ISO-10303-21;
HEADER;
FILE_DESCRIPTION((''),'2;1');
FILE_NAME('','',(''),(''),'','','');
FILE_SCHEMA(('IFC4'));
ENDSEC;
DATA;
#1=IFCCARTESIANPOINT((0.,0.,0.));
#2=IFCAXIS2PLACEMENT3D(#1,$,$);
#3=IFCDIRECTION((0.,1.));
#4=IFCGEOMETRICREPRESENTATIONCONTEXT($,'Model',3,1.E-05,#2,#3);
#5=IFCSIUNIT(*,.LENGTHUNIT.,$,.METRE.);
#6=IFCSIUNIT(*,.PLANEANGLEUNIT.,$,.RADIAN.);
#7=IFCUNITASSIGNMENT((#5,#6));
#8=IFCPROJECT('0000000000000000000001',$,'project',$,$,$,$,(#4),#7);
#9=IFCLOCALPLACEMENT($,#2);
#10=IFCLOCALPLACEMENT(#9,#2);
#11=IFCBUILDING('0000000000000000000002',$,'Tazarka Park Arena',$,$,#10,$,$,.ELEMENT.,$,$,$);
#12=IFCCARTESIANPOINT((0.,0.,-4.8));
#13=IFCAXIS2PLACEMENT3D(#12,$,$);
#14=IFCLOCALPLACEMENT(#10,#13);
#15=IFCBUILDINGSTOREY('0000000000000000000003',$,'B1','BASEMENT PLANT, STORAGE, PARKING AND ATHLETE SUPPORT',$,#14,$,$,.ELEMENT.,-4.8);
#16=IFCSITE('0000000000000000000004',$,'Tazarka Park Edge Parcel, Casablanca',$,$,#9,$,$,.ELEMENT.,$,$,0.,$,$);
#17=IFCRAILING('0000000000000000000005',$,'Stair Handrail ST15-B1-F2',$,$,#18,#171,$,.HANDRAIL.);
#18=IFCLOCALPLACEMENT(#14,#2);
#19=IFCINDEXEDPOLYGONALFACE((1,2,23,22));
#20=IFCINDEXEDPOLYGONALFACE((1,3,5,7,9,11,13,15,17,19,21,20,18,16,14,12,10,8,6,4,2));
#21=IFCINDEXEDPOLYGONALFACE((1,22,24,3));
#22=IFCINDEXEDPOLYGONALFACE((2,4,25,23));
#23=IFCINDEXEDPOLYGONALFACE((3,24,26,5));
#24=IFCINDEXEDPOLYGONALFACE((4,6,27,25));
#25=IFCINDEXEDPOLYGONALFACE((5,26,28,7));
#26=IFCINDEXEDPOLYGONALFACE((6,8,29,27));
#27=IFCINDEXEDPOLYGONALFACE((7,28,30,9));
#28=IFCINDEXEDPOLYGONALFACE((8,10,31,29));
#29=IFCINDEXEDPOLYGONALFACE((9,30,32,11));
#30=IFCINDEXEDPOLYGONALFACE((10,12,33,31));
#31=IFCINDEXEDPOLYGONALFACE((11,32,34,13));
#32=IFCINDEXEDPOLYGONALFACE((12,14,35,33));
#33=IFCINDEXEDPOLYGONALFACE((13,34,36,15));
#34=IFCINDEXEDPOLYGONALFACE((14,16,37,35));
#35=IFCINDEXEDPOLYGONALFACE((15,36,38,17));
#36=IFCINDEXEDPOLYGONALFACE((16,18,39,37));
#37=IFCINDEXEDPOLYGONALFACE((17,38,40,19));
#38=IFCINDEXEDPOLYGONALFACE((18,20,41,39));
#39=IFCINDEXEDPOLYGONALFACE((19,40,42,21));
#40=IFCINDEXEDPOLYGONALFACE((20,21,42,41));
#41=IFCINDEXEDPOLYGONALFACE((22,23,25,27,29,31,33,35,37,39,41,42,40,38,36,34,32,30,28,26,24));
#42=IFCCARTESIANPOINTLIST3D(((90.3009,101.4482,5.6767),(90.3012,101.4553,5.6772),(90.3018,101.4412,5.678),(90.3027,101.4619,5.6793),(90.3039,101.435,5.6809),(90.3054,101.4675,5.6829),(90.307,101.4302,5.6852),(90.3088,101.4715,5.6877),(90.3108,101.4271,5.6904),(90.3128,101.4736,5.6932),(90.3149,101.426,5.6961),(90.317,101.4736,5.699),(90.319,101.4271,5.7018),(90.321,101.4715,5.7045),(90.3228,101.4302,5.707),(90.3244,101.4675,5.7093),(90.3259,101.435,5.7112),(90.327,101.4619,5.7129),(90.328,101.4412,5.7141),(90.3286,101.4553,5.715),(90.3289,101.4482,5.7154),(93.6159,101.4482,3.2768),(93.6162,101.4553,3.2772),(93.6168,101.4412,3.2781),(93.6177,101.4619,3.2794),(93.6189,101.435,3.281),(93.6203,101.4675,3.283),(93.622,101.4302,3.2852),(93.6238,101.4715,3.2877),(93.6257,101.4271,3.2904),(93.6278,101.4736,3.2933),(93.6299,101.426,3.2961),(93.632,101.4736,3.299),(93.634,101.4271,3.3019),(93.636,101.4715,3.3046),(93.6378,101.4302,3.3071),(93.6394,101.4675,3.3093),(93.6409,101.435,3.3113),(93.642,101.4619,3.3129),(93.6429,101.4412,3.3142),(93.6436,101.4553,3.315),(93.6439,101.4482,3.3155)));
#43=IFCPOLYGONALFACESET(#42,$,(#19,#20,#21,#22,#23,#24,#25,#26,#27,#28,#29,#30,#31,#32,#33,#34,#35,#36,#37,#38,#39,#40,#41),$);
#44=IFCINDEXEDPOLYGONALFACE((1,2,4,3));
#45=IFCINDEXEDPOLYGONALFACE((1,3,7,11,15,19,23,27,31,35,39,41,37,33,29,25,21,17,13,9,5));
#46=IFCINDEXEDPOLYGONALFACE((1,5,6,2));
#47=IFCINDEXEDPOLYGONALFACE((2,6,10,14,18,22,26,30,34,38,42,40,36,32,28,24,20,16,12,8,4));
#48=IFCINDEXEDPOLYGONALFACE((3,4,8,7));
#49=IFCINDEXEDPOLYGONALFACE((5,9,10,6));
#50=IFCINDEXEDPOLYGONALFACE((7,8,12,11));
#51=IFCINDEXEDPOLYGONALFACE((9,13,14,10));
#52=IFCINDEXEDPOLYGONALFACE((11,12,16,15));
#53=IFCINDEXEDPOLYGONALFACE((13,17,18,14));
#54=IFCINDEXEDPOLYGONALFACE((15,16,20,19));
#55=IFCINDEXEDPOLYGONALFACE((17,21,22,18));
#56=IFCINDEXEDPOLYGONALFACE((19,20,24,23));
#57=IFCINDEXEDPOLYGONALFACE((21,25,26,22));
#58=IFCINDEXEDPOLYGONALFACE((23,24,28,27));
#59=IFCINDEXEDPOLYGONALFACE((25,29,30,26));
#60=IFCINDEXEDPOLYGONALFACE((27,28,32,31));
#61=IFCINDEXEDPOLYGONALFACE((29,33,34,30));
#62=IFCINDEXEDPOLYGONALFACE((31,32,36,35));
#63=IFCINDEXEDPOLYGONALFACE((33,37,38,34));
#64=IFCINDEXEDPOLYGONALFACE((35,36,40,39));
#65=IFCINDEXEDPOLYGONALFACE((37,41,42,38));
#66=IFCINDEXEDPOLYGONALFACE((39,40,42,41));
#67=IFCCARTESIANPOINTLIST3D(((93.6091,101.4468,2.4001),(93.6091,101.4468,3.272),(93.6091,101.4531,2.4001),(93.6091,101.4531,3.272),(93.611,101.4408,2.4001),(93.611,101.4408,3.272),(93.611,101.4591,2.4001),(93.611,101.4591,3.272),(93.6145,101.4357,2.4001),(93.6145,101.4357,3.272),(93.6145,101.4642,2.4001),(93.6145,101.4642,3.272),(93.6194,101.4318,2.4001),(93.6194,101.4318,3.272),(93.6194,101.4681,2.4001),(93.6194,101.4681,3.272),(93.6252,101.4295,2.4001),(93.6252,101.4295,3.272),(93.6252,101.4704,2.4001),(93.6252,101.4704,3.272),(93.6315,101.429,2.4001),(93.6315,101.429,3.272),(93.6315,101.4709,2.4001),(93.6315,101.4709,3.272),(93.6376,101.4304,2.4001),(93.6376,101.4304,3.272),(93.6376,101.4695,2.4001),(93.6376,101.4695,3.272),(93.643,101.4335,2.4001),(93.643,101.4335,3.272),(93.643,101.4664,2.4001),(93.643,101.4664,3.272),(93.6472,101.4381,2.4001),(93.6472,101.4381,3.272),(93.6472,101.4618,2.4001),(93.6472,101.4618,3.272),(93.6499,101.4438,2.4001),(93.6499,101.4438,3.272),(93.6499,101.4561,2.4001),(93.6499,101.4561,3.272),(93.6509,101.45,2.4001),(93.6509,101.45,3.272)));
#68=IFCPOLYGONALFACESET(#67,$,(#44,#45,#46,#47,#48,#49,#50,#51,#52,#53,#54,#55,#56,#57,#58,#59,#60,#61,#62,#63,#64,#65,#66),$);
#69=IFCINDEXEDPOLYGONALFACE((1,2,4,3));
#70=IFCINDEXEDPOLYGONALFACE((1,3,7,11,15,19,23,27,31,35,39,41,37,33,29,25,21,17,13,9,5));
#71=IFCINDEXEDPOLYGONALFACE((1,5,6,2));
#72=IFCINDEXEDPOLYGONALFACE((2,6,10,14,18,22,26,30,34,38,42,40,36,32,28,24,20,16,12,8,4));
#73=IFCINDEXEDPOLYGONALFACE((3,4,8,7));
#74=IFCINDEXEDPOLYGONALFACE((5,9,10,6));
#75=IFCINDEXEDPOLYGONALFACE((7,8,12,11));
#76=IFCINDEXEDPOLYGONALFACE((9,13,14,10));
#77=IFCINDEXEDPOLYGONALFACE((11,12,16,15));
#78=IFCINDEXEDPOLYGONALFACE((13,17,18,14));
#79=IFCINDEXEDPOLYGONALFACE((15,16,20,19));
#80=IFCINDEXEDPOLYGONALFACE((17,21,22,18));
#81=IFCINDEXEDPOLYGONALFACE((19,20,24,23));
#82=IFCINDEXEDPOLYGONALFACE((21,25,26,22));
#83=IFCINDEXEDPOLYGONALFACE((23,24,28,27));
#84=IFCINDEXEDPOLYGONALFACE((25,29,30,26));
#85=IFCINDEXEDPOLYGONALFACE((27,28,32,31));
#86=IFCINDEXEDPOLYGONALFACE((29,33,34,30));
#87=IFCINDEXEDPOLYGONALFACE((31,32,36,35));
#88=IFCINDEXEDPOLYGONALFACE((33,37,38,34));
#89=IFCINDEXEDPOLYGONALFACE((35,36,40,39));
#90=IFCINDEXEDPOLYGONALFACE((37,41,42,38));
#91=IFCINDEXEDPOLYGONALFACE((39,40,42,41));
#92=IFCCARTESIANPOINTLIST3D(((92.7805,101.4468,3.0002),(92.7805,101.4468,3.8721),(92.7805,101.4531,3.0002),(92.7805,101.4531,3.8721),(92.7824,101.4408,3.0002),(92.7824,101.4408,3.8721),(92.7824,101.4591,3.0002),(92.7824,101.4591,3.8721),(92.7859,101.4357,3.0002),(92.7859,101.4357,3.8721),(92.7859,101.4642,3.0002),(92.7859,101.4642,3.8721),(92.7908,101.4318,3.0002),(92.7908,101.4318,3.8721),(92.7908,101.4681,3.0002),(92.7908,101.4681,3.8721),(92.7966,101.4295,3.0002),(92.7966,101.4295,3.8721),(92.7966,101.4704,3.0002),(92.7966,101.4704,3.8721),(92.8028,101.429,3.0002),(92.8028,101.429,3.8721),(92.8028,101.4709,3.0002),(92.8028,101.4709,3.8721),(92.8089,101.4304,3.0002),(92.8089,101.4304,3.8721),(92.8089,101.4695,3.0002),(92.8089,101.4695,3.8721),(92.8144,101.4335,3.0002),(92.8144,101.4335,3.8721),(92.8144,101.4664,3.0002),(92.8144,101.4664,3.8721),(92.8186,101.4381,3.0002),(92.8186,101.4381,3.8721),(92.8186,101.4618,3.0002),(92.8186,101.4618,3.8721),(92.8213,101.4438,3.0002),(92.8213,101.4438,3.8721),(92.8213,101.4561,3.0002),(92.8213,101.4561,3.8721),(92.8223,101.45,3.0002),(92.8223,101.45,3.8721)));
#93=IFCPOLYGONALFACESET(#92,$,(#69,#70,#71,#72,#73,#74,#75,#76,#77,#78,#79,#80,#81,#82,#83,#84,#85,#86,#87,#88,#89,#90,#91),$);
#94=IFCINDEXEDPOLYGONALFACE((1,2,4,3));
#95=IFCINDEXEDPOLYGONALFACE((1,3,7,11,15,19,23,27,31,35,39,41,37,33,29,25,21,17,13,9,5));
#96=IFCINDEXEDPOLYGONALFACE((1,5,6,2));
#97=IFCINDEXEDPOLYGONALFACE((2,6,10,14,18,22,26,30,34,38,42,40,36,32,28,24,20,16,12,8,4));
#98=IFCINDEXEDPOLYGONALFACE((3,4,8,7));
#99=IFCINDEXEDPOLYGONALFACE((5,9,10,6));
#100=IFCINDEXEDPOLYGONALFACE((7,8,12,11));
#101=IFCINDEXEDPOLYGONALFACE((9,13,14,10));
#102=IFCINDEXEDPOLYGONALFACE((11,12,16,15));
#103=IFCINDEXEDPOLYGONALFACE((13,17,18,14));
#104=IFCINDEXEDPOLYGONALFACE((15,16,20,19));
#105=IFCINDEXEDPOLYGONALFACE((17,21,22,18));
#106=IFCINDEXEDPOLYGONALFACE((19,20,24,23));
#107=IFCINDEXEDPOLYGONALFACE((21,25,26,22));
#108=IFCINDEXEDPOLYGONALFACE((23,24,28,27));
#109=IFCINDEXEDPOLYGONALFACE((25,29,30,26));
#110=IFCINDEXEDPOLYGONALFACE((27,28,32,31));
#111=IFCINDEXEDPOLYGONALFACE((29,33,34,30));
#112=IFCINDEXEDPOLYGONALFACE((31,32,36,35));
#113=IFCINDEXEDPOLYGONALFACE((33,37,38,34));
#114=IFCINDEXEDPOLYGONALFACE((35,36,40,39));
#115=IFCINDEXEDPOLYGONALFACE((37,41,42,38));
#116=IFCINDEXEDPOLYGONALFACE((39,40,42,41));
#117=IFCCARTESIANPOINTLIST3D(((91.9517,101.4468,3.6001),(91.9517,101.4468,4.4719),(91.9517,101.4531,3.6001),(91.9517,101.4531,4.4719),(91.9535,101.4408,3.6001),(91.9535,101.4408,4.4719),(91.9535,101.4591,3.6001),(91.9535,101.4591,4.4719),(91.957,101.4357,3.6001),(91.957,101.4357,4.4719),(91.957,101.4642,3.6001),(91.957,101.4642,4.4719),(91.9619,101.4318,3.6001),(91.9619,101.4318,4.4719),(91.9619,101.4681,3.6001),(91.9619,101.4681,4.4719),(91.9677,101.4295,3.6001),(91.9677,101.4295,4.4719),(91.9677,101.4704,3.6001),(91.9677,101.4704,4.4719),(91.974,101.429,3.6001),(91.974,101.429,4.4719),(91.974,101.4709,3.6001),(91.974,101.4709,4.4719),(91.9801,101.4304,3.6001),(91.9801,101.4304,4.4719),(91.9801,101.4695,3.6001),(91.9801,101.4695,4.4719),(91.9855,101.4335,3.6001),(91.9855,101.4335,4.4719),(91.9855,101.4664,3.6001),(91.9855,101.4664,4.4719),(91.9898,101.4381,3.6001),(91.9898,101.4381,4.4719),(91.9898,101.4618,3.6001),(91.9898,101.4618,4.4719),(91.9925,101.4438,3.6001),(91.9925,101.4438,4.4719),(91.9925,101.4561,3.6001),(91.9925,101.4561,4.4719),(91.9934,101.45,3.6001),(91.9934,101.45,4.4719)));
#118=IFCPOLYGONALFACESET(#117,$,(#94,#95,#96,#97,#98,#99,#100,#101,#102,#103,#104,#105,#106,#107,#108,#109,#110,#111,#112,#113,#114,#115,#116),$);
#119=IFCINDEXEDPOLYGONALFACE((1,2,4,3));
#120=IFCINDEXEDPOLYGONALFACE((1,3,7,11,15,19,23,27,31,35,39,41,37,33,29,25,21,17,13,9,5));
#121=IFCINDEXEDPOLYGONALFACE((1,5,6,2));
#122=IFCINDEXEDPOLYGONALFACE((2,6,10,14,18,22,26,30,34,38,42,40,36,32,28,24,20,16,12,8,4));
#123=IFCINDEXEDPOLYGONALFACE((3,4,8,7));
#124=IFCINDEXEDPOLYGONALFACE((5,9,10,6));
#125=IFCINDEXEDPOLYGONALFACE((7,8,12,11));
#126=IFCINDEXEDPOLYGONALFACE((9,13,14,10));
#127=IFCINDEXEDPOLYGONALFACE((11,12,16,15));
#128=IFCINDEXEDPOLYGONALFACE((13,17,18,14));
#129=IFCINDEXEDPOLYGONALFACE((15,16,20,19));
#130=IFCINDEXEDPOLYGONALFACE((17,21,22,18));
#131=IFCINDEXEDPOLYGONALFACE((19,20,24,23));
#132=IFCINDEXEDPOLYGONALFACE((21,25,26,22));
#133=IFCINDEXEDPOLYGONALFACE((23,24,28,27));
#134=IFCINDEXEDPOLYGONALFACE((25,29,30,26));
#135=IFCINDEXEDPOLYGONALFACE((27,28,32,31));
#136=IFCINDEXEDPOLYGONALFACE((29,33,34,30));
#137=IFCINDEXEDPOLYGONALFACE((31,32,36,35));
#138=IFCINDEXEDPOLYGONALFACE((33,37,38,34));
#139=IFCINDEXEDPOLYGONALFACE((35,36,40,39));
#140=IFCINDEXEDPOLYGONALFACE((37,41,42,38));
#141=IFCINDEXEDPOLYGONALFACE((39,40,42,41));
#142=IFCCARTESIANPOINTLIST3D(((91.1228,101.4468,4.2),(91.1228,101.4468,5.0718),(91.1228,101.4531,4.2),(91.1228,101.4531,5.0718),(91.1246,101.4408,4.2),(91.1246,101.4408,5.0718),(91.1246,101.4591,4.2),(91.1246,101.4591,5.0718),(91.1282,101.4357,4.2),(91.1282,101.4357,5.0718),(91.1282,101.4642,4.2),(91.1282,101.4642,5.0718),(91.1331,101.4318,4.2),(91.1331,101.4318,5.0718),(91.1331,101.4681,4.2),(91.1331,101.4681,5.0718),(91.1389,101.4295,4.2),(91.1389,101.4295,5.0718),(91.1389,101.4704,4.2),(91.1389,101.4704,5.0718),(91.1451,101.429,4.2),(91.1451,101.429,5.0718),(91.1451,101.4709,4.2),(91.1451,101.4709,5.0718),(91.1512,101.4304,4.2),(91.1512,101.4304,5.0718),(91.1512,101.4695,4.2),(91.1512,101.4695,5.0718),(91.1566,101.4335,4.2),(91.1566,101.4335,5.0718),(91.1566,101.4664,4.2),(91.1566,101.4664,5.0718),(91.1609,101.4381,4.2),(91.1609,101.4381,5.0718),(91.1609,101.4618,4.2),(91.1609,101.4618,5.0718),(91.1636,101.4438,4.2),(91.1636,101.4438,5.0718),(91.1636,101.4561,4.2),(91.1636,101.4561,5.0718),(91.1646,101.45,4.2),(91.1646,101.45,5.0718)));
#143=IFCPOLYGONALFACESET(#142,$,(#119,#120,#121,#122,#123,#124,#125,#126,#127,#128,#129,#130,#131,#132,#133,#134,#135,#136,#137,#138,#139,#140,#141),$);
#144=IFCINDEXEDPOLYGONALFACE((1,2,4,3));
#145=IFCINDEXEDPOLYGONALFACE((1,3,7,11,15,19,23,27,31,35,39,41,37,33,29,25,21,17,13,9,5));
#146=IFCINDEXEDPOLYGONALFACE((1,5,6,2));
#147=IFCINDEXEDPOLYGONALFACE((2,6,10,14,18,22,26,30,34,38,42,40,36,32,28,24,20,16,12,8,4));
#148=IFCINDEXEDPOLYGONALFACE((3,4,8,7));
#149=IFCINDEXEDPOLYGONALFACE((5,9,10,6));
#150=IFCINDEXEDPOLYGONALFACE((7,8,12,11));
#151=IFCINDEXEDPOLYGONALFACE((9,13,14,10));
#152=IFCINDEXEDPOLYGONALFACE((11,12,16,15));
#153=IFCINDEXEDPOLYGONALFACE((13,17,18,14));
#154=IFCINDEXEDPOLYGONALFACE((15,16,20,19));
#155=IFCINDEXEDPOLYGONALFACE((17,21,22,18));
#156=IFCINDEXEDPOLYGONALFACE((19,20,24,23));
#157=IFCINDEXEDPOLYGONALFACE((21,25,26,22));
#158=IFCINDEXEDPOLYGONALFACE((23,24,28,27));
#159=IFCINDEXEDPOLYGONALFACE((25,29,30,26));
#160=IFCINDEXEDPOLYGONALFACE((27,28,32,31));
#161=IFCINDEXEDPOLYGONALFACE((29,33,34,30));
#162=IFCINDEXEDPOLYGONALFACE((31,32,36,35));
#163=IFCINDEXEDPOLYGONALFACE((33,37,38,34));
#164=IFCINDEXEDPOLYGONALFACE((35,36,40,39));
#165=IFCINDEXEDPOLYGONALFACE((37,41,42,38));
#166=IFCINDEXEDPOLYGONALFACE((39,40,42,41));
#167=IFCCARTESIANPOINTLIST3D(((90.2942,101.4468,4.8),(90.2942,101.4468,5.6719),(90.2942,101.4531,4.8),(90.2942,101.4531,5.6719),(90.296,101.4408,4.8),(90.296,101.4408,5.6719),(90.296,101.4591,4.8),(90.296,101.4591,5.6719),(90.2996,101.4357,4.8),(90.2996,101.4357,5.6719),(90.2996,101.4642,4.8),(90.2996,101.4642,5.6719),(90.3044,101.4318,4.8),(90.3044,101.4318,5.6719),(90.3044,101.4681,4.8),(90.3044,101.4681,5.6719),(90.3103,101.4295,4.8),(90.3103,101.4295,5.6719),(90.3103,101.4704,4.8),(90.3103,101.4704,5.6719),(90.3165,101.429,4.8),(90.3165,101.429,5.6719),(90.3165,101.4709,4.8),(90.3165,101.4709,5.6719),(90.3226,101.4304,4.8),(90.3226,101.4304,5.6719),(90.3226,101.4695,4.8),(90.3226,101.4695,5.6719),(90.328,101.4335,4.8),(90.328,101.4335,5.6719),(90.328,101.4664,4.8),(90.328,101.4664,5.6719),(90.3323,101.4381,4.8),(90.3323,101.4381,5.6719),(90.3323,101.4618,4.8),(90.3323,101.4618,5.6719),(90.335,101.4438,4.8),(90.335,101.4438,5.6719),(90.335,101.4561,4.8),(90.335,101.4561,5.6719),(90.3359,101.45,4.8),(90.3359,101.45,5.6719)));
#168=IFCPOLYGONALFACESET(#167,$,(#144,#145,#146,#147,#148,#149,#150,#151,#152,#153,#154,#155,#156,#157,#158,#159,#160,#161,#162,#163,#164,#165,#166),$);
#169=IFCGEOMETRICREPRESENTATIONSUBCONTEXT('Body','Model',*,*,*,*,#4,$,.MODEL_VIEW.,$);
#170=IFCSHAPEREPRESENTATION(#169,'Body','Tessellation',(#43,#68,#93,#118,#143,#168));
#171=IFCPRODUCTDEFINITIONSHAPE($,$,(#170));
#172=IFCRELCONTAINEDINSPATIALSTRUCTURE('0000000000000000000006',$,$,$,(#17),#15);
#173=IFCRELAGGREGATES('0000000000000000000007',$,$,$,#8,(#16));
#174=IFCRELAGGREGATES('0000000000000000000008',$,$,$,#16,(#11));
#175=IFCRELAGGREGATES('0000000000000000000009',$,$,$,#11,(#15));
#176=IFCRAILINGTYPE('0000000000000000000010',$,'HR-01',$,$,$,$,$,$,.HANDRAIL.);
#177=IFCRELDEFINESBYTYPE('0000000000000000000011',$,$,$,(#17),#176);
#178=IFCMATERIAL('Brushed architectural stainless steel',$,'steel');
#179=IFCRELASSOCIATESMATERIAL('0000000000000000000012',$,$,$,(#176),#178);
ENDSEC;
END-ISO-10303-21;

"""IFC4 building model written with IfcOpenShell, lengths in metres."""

from ifc_helpers import new_model, si_unit, direction, frame, origin, origin_2d, place, context, subcontext, project, spatial, circle, extrude, material, type_object, element, save


model = new_model("IFC4")

# Units and contexts
model_context = context("Model", 3, precision=1e-05, world=origin(), true_north=direction((0.0, 1.0)))
body_context = subcontext(model_context, "Body", "Model", "MODEL_VIEW")
ifc_project = project(units=[si_unit("LENGTHUNIT", "METRE"), si_unit("PLANEANGLEUNIT", "RADIAN")], contexts=[model_context])

# Site, building, storey
site_placement = place(None, origin())
site = spatial("IfcSite", under=ifc_project, at=site_placement, Name="Tazarka Park Edge Parcel, Casablanca", CompositionType="ELEMENT", RefElevation=0.0)
building_placement = place(site_placement, origin())
building = spatial("IfcBuilding", under=site, at=building_placement, Name="Tazarka Park Arena", CompositionType="ELEMENT")
storey_placement = place(building_placement, frame((0.0, 0.0, -4.8)))
storey = spatial("IfcBuildingStorey", under=building, at=storey_placement, Name="B1", Description="BASEMENT PLANT, STORAGE, PARKING AND ATHLETE SUPPORT", CompositionType="ELEMENT", Elevation=-4.8)

# Railing
ifc_material_1 = material(Name="Brushed architectural stainless steel", Category="steel")
railing_type_1 = type_object("IfcRailingType", Name="HR-01", PredefinedType="HANDRAIL", material=ifc_material_1)
railing_1_placement = place(storey_placement, frame((93.6299, 101.45, 2.4001)))
element("IfcRailing", 1, at=railing_1_placement, inside=storey, type_object=railing_type_1, Name="Stair Handrail ST15-B1-F2", PredefinedType="HANDRAIL", context=body_context, shape_type="SweptSolid", body=[
    extrude(circle(Radius=0.0239, at=origin_2d()), frame((0.0, 0.0, 0.896), z_axis=(-0.810009, 0.0, 0.586418), x_axis=(0.0, -1.0, 0.0)), (0.0, 0.0, 1.0), 4.0925),
    extrude(circle(Radius=0.021, at=origin_2d()), origin(), (0.0, 0.0, 1.0), 0.8718),
    extrude(circle(Radius=0.021, at=origin_2d()), frame((-0.8286, 0.0, 0.6001)), (0.0, 0.0, 1.0), 0.8718),
    extrude(circle(Radius=0.021, at=origin_2d()), frame((-1.6575, 0.0, 1.2)), (0.0, 0.0, 1.0), 0.8718),
    extrude(circle(Radius=0.021, at=origin_2d()), frame((-2.4863, 0.0, 1.7998)), (0.0, 0.0, 1.0), 0.8718),
    extrude(circle(Radius=0.021, at=origin_2d()), frame((-3.3149, 0.0, 2.3999)), (0.0, 0.0, 1.0), 0.8718),
])

save(model, "model.ifc")
